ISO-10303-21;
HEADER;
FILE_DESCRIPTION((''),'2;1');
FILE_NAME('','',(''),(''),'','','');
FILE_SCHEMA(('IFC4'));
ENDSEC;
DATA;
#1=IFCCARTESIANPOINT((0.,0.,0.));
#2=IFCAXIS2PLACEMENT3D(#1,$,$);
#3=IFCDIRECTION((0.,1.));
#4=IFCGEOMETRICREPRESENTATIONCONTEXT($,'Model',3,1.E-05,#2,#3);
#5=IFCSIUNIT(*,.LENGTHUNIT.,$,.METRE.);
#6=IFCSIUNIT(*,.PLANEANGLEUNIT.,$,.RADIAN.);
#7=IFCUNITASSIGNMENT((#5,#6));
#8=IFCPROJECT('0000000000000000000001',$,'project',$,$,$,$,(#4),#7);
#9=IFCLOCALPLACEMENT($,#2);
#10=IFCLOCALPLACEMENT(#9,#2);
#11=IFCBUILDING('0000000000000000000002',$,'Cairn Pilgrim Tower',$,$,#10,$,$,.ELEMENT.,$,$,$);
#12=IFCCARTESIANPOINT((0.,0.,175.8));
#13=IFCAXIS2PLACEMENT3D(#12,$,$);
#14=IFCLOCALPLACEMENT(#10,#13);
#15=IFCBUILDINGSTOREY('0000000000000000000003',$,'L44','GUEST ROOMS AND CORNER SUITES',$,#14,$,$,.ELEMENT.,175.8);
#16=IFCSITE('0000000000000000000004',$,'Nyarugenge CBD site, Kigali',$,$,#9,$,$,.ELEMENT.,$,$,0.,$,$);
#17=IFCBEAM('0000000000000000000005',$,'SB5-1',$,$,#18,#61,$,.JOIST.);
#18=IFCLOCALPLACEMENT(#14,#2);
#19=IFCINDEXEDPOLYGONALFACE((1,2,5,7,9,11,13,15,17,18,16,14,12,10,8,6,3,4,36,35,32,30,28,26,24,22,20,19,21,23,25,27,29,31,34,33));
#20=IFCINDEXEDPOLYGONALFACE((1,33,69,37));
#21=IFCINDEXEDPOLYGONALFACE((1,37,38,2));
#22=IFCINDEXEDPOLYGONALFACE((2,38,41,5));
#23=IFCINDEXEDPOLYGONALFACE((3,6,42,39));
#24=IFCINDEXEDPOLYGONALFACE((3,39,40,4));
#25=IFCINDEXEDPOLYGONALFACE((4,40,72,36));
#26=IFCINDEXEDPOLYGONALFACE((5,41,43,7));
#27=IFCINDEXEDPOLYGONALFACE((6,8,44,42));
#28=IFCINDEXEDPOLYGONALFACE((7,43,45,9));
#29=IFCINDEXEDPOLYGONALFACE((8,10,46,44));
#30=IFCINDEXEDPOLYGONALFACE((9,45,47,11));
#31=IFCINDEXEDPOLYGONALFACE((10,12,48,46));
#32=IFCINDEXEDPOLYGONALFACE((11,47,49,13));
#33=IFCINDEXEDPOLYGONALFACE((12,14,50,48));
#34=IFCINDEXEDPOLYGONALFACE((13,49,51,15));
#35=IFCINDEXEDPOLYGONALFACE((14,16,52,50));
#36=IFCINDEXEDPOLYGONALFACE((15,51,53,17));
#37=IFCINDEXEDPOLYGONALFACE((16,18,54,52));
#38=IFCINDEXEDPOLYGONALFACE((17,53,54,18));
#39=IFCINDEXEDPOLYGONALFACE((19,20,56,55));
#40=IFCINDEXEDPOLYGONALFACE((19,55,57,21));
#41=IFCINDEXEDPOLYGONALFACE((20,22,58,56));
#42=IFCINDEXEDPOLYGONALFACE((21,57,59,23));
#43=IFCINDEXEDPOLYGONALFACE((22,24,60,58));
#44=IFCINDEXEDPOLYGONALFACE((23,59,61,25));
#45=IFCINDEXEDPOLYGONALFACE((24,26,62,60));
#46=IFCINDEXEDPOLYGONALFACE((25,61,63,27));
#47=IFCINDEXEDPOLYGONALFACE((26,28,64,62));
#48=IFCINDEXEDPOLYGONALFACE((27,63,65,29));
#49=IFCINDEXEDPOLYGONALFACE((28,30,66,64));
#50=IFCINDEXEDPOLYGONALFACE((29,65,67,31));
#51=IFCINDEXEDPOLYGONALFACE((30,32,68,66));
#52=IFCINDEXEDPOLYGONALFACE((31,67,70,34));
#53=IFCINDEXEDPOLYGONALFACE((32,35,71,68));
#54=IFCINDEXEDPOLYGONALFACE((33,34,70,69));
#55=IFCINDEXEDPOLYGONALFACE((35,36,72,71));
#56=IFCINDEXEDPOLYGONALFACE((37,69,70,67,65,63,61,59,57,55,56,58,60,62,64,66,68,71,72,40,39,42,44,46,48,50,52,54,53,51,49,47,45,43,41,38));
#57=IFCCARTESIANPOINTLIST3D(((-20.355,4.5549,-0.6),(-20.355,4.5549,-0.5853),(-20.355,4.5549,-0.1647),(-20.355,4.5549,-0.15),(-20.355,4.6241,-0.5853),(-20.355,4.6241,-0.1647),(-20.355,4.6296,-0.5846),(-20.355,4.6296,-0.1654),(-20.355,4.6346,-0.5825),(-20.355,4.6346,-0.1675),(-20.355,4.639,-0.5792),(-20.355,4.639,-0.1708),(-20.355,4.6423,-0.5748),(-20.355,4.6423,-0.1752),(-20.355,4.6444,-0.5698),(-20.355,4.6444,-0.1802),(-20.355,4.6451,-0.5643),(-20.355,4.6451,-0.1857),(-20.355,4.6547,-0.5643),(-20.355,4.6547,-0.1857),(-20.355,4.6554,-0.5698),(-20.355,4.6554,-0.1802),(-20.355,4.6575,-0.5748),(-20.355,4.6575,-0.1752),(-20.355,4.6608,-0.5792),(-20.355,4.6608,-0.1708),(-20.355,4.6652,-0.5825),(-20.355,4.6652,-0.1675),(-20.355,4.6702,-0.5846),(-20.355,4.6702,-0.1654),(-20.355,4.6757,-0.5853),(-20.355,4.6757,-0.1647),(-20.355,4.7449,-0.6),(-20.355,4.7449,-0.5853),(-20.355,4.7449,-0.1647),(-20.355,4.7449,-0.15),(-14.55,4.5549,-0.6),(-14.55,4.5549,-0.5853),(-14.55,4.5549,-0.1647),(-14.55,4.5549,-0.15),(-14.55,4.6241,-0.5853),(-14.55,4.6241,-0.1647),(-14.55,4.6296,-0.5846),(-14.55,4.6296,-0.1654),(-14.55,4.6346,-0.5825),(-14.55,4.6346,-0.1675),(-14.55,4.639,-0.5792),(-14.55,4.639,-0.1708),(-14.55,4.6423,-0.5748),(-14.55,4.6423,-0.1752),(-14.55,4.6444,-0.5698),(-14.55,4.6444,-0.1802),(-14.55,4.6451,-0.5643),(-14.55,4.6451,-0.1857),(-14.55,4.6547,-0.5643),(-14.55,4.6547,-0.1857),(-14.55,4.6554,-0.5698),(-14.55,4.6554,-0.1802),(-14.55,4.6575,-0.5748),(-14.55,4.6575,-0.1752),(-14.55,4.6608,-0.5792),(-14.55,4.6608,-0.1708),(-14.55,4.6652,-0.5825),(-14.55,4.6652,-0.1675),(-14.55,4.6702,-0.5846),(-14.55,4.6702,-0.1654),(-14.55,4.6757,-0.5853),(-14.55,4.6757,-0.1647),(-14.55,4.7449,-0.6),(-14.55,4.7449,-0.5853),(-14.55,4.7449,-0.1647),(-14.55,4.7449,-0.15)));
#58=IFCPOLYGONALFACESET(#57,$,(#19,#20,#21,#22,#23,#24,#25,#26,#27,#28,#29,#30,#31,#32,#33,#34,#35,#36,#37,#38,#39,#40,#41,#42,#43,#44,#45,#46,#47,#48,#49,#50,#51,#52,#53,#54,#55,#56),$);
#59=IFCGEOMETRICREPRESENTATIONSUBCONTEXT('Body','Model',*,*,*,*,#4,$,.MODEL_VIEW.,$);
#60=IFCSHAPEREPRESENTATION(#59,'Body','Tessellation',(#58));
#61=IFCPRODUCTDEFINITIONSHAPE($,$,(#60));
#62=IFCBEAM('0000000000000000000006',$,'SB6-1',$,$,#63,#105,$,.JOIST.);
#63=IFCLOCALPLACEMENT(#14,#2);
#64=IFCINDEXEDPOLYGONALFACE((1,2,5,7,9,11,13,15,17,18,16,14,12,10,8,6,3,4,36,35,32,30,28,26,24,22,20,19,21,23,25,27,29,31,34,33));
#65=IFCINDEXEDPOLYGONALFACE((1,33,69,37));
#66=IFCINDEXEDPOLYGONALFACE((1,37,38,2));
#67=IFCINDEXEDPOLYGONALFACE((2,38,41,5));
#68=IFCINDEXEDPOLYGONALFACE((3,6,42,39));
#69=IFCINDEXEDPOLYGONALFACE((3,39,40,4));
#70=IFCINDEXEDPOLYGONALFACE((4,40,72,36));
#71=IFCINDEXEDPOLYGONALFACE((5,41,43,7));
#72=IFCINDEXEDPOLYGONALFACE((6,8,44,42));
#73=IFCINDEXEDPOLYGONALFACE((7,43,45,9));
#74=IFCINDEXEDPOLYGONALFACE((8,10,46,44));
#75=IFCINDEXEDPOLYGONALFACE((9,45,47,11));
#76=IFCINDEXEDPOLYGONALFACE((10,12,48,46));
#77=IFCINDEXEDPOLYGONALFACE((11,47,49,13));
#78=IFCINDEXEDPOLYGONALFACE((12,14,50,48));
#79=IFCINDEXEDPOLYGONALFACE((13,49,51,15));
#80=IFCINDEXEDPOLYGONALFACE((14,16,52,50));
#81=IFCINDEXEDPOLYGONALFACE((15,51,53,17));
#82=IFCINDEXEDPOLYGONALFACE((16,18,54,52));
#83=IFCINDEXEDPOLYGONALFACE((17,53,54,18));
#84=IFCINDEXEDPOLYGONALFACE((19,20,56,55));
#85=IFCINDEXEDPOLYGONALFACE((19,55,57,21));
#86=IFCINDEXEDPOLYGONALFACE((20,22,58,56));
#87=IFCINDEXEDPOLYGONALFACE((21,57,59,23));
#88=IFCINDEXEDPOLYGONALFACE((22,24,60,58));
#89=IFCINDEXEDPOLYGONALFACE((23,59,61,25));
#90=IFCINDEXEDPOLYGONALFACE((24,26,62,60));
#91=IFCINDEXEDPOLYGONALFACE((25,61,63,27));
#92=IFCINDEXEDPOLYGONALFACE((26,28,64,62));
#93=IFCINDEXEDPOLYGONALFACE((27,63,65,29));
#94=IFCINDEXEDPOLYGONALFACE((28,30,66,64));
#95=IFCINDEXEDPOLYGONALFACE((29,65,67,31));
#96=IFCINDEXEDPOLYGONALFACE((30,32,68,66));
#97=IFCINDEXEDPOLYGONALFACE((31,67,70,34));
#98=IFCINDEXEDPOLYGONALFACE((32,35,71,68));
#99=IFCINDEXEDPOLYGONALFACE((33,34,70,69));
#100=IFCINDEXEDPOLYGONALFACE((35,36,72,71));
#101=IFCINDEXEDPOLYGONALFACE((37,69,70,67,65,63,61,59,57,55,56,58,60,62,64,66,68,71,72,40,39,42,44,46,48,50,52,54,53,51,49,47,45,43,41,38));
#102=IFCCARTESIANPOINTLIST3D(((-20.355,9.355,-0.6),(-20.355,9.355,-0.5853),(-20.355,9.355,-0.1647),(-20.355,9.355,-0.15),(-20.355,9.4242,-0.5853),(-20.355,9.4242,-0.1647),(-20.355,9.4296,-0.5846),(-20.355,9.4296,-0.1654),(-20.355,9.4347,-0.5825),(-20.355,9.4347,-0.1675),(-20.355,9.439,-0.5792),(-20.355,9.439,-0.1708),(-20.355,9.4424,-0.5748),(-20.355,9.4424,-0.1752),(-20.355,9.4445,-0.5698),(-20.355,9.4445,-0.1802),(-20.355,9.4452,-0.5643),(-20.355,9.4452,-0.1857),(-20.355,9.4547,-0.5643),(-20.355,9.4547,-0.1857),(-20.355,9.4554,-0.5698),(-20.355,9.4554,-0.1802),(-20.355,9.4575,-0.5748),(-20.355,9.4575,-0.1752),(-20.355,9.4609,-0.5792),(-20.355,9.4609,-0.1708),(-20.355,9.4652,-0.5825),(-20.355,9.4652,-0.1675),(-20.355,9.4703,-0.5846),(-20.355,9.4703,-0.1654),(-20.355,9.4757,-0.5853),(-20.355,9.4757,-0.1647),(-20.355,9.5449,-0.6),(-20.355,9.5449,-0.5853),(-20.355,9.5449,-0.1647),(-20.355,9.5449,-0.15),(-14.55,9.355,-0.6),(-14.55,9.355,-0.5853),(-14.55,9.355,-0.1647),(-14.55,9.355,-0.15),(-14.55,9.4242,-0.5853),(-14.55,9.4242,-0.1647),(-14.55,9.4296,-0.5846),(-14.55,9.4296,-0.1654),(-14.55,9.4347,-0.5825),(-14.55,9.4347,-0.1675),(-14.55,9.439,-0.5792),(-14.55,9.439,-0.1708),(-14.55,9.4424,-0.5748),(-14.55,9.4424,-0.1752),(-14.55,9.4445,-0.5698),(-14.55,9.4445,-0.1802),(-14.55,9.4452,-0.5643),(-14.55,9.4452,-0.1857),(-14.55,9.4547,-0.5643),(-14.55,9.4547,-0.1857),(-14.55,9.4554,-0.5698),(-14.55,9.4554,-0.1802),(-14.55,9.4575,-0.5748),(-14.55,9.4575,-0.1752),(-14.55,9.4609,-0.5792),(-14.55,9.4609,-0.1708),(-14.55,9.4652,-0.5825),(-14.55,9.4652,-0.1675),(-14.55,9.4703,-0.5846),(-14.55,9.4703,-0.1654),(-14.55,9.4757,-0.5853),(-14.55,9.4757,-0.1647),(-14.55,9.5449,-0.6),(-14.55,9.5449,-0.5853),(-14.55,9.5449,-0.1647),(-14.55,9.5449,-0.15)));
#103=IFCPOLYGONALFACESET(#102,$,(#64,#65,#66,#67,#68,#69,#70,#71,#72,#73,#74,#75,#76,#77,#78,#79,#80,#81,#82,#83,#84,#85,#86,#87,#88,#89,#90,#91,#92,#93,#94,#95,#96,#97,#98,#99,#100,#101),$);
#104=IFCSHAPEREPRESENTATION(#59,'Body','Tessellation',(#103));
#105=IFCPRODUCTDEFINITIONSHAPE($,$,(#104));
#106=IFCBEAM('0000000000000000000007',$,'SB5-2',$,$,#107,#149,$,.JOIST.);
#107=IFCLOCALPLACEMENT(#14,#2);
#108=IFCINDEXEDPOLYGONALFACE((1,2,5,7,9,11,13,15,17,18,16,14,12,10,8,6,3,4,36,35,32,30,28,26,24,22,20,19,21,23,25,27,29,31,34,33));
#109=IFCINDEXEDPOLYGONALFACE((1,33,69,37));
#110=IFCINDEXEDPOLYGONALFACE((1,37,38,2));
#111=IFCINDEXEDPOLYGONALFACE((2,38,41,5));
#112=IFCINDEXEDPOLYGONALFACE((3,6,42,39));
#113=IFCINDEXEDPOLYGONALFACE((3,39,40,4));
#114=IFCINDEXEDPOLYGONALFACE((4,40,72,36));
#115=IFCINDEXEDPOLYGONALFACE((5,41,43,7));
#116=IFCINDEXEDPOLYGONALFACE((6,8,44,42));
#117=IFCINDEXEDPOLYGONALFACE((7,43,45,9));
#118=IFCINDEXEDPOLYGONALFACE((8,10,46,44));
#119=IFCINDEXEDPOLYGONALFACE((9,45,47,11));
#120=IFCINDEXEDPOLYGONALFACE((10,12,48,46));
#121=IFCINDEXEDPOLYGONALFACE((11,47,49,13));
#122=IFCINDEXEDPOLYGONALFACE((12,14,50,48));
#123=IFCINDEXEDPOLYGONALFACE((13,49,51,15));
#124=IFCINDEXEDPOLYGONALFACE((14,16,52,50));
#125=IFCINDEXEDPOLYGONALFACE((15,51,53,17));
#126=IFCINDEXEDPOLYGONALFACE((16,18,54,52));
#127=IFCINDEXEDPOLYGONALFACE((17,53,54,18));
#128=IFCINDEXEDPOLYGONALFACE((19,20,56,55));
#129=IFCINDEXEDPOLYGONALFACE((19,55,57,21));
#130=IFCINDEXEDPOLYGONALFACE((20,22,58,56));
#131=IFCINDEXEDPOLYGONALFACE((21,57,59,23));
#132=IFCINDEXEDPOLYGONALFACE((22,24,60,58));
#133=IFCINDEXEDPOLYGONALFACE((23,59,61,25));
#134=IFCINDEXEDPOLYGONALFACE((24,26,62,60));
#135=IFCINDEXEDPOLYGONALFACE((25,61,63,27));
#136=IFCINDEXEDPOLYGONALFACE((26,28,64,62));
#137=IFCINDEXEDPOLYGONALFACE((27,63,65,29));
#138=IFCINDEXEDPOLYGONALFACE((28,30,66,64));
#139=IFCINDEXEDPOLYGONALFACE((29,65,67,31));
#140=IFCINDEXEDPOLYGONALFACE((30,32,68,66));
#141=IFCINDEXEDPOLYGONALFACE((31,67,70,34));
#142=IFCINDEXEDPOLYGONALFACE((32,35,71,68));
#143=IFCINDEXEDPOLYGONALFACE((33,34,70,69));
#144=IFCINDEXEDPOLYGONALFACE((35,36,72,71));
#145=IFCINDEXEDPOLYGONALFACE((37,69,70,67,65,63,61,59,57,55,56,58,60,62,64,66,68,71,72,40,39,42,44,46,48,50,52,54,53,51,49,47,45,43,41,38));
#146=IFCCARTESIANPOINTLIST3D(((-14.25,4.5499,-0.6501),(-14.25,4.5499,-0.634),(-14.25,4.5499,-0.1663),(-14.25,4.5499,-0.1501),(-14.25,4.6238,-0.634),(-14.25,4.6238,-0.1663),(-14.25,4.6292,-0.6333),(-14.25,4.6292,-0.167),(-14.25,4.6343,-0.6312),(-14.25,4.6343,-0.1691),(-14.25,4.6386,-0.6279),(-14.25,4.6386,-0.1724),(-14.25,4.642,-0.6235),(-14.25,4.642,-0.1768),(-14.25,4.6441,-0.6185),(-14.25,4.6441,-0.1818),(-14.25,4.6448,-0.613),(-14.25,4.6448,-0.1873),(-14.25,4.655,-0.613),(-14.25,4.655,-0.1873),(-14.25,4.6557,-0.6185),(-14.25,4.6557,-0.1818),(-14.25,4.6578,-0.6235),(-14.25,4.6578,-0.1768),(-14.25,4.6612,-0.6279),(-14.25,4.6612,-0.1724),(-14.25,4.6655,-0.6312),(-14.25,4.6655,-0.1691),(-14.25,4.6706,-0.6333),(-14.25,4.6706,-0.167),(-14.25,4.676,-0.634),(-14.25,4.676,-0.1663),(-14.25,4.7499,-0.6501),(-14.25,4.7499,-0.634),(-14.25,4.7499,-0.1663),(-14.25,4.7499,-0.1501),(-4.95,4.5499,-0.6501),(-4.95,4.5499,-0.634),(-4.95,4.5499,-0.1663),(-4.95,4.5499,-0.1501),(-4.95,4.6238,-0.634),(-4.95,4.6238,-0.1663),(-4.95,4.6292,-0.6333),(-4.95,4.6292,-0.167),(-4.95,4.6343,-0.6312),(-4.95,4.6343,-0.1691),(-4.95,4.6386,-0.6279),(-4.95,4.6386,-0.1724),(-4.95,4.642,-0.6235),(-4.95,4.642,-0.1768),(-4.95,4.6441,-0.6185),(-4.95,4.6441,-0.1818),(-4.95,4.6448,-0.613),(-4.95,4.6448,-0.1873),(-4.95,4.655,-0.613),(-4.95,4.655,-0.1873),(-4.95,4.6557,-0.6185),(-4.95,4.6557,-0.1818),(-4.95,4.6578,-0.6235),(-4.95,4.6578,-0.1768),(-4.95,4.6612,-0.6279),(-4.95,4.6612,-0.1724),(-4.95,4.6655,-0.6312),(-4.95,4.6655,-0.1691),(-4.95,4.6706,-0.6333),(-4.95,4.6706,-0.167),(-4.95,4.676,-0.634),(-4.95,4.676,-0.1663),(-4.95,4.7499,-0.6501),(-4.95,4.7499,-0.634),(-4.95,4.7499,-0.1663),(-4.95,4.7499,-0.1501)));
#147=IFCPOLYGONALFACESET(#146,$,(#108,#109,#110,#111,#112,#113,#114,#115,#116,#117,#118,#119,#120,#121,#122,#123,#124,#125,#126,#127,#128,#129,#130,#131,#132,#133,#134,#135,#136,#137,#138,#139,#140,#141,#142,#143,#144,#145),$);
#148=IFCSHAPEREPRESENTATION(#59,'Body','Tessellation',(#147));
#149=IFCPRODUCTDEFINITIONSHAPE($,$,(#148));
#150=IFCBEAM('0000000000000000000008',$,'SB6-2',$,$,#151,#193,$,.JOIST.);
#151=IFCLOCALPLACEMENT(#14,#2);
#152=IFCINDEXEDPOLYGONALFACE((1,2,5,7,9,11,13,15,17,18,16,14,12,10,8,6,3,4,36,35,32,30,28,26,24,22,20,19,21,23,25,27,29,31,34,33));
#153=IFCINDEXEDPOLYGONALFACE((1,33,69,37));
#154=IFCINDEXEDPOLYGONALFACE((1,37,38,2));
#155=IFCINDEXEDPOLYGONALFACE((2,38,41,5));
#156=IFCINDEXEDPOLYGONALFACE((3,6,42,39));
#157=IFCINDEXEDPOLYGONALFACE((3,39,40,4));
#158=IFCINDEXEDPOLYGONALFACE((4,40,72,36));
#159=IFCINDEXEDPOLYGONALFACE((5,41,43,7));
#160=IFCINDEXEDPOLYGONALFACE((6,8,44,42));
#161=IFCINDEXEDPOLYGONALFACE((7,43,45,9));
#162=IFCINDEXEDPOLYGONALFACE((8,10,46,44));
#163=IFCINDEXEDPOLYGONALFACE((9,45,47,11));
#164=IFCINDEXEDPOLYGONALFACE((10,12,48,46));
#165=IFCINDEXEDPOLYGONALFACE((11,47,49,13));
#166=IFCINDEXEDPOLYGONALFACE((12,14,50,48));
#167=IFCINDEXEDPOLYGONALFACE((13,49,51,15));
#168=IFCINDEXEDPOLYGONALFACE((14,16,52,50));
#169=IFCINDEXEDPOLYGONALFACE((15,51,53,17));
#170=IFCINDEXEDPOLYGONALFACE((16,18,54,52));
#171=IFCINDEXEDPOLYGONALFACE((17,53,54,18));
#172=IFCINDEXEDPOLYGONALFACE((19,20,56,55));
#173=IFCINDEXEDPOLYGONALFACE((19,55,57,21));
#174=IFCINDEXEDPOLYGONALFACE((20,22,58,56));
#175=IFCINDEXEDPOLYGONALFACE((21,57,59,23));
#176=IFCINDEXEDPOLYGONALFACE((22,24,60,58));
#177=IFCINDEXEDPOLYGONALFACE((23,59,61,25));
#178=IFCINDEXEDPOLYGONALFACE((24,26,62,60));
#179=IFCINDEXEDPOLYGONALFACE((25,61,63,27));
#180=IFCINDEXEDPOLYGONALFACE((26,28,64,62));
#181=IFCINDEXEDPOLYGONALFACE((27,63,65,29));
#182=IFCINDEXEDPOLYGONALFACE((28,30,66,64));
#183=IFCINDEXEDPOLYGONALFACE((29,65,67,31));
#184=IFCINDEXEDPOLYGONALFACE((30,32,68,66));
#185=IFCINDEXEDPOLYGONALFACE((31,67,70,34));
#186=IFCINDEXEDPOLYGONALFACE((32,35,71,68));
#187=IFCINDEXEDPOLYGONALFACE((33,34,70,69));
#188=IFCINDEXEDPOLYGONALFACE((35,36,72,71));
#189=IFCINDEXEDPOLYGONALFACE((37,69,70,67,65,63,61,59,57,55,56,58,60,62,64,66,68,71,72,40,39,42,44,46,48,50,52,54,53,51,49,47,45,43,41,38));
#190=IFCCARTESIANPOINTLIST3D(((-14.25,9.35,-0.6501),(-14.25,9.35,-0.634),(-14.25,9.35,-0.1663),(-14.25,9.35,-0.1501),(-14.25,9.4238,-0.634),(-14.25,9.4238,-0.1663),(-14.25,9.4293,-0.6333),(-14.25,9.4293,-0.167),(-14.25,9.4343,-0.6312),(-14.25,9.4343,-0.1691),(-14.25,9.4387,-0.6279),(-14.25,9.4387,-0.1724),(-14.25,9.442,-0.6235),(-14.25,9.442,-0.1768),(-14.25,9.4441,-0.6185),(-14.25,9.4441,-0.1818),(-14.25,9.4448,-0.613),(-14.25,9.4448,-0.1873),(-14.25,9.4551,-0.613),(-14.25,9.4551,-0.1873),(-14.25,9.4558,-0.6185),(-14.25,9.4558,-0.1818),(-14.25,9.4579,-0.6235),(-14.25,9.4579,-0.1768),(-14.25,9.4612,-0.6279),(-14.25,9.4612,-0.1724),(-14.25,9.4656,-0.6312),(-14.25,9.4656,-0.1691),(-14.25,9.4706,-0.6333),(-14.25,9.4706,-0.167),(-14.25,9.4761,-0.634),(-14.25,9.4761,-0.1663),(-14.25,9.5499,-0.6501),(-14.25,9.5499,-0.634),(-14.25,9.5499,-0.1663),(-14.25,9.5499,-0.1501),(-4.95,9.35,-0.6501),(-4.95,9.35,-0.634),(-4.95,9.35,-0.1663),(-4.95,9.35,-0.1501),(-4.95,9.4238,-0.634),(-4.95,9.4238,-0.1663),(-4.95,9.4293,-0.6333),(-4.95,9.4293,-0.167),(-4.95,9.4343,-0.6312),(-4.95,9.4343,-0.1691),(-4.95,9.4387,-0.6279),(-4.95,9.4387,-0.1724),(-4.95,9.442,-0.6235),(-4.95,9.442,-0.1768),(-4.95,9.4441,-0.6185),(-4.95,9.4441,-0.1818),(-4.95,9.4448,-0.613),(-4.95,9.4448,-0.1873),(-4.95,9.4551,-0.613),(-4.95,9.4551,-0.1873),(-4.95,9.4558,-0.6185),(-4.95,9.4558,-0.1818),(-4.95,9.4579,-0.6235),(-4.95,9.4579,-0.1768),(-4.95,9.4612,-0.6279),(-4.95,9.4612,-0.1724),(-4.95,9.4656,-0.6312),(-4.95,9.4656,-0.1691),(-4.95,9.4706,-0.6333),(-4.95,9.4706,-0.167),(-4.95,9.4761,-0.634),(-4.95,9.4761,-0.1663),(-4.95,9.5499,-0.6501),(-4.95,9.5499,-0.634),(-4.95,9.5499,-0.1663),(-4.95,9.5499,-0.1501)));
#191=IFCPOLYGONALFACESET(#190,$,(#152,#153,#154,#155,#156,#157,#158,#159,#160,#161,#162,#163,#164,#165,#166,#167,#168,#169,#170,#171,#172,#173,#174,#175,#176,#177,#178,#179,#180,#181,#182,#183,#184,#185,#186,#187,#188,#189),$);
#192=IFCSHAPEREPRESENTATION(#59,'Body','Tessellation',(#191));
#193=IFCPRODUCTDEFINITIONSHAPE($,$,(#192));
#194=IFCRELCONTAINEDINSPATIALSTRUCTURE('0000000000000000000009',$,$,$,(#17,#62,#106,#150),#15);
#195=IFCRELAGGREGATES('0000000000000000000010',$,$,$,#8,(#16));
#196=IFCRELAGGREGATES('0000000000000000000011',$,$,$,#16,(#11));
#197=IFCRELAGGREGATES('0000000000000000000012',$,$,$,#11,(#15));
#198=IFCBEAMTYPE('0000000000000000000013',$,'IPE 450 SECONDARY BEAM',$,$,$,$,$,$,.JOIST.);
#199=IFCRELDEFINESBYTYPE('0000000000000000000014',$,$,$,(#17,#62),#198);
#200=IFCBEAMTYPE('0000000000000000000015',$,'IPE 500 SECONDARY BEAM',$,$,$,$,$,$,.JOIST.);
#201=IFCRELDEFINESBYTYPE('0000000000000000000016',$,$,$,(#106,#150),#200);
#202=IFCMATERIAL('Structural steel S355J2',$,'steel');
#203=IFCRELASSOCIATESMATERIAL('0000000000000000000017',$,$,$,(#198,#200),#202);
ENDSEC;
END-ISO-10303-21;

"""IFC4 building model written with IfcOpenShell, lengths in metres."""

from ifc_helpers import new_model, si_unit, direction, frame, origin, origin_2d, place, context, subcontext, project, spatial, i_section, extrude, material, material_profile, profile_set, type_object, element, save


model = new_model("IFC4")

# Units and contexts
model_context = context("Model", 3, precision=1e-05, world=origin(), true_north=direction((0.0, 1.0)))
body_context = subcontext(model_context, "Body", "Model", "MODEL_VIEW")
ifc_project = project(units=[si_unit("LENGTHUNIT", "METRE"), si_unit("PLANEANGLEUNIT", "RADIAN")], contexts=[model_context])

# Site, building, storey
site_placement = place(None, origin())
site = spatial("IfcSite", under=ifc_project, at=site_placement, Name="Nyarugenge CBD site, Kigali", CompositionType="ELEMENT", RefElevation=0.0)
building_placement = place(site_placement, origin())
building = spatial("IfcBuilding", under=site, at=building_placement, Name="Cairn Pilgrim Tower", CompositionType="ELEMENT")
storey_placement = place(building_placement, frame((0.0, 0.0, 175.8)))
storey = spatial("IfcBuildingStorey", under=building, at=storey_placement, Name="L44", Description="GUEST ROOMS AND CORNER SUITES", CompositionType="ELEMENT", Elevation=175.8)

# Shared definitions
ifc_material_1 = material(Name="Structural steel S355J2", Category="steel")

# Beams
ifc_material_profile_1 = material_profile(ifc_material_1, i_section(OverallWidth=0.1899, OverallDepth=0.45, WebThickness=0.0095, FlangeThickness=0.0146, FilletRadius=0.021, at=origin_2d()), Name="IPE 450")
ifc_profile_set_1 = profile_set([ifc_material_profile_1], Name="Structural steel S355J2")
beam_type_1 = type_object("IfcBeamType", Name="IPE 450 SECONDARY BEAM", PredefinedType="JOIST", material=ifc_profile_set_1)
for number, where, z_axis, x_axis, name in (
    (1, (-20.355, 4.6499, -0.375), (1.0, 0.0, 0.0), (0.0, 1.0, 0.0), "SB5-1"),
    (2, (-20.355, 9.45, -0.375), (1.0, 0.0, 0.0), (0.0, 1.0, 0.0), "SB6-1"),
):
    element("IfcBeam", number, at=place(storey_placement, frame(where, z_axis=z_axis, x_axis=x_axis)), inside=storey, type_object=beam_type_1, Name=name, PredefinedType="JOIST", context=body_context, shape_type="SweptSolid", body=[
        extrude(i_section(OverallWidth=0.1899, OverallDepth=0.45, WebThickness=0.0095, FlangeThickness=0.0146, FilletRadius=0.021, at=origin_2d()), origin(), (0.0, 0.0, 1.0), 5.8049),
    ])
ifc_material_profile_2 = material_profile(ifc_material_1, i_section(OverallWidth=0.2, OverallDepth=0.5, WebThickness=0.0103, FlangeThickness=0.0161, FilletRadius=0.021, at=origin_2d()), Name="IPE 500")
ifc_profile_set_2 = profile_set([ifc_material_profile_2], Name="Structural steel S355J2")
beam_type_2 = type_object("IfcBeamType", Name="IPE 500 SECONDARY BEAM", PredefinedType="JOIST", material=ifc_profile_set_2)
for number, where, z_axis, x_axis, name in (
    (3, (-14.25, 4.6499, -0.4001), (1.0, 0.0, 0.0), (0.0, 1.0, 0.0), "SB5-2"),
    (4, (-14.25, 9.45, -0.4001), (1.0, 0.0, 0.0), (0.0, 1.0, 0.0), "SB6-2"),
):
    element("IfcBeam", number, at=place(storey_placement, frame(where, z_axis=z_axis, x_axis=x_axis)), inside=storey, type_object=beam_type_2, Name=name, PredefinedType="JOIST", context=body_context, shape_type="SweptSolid", body=[
        extrude(i_section(OverallWidth=0.2, OverallDepth=0.5, WebThickness=0.0103, FlangeThickness=0.0161, FilletRadius=0.021, at=origin_2d()), origin(), (0.0, 0.0, 1.0), 9.3),
    ])

save(model, "model.ifc")
